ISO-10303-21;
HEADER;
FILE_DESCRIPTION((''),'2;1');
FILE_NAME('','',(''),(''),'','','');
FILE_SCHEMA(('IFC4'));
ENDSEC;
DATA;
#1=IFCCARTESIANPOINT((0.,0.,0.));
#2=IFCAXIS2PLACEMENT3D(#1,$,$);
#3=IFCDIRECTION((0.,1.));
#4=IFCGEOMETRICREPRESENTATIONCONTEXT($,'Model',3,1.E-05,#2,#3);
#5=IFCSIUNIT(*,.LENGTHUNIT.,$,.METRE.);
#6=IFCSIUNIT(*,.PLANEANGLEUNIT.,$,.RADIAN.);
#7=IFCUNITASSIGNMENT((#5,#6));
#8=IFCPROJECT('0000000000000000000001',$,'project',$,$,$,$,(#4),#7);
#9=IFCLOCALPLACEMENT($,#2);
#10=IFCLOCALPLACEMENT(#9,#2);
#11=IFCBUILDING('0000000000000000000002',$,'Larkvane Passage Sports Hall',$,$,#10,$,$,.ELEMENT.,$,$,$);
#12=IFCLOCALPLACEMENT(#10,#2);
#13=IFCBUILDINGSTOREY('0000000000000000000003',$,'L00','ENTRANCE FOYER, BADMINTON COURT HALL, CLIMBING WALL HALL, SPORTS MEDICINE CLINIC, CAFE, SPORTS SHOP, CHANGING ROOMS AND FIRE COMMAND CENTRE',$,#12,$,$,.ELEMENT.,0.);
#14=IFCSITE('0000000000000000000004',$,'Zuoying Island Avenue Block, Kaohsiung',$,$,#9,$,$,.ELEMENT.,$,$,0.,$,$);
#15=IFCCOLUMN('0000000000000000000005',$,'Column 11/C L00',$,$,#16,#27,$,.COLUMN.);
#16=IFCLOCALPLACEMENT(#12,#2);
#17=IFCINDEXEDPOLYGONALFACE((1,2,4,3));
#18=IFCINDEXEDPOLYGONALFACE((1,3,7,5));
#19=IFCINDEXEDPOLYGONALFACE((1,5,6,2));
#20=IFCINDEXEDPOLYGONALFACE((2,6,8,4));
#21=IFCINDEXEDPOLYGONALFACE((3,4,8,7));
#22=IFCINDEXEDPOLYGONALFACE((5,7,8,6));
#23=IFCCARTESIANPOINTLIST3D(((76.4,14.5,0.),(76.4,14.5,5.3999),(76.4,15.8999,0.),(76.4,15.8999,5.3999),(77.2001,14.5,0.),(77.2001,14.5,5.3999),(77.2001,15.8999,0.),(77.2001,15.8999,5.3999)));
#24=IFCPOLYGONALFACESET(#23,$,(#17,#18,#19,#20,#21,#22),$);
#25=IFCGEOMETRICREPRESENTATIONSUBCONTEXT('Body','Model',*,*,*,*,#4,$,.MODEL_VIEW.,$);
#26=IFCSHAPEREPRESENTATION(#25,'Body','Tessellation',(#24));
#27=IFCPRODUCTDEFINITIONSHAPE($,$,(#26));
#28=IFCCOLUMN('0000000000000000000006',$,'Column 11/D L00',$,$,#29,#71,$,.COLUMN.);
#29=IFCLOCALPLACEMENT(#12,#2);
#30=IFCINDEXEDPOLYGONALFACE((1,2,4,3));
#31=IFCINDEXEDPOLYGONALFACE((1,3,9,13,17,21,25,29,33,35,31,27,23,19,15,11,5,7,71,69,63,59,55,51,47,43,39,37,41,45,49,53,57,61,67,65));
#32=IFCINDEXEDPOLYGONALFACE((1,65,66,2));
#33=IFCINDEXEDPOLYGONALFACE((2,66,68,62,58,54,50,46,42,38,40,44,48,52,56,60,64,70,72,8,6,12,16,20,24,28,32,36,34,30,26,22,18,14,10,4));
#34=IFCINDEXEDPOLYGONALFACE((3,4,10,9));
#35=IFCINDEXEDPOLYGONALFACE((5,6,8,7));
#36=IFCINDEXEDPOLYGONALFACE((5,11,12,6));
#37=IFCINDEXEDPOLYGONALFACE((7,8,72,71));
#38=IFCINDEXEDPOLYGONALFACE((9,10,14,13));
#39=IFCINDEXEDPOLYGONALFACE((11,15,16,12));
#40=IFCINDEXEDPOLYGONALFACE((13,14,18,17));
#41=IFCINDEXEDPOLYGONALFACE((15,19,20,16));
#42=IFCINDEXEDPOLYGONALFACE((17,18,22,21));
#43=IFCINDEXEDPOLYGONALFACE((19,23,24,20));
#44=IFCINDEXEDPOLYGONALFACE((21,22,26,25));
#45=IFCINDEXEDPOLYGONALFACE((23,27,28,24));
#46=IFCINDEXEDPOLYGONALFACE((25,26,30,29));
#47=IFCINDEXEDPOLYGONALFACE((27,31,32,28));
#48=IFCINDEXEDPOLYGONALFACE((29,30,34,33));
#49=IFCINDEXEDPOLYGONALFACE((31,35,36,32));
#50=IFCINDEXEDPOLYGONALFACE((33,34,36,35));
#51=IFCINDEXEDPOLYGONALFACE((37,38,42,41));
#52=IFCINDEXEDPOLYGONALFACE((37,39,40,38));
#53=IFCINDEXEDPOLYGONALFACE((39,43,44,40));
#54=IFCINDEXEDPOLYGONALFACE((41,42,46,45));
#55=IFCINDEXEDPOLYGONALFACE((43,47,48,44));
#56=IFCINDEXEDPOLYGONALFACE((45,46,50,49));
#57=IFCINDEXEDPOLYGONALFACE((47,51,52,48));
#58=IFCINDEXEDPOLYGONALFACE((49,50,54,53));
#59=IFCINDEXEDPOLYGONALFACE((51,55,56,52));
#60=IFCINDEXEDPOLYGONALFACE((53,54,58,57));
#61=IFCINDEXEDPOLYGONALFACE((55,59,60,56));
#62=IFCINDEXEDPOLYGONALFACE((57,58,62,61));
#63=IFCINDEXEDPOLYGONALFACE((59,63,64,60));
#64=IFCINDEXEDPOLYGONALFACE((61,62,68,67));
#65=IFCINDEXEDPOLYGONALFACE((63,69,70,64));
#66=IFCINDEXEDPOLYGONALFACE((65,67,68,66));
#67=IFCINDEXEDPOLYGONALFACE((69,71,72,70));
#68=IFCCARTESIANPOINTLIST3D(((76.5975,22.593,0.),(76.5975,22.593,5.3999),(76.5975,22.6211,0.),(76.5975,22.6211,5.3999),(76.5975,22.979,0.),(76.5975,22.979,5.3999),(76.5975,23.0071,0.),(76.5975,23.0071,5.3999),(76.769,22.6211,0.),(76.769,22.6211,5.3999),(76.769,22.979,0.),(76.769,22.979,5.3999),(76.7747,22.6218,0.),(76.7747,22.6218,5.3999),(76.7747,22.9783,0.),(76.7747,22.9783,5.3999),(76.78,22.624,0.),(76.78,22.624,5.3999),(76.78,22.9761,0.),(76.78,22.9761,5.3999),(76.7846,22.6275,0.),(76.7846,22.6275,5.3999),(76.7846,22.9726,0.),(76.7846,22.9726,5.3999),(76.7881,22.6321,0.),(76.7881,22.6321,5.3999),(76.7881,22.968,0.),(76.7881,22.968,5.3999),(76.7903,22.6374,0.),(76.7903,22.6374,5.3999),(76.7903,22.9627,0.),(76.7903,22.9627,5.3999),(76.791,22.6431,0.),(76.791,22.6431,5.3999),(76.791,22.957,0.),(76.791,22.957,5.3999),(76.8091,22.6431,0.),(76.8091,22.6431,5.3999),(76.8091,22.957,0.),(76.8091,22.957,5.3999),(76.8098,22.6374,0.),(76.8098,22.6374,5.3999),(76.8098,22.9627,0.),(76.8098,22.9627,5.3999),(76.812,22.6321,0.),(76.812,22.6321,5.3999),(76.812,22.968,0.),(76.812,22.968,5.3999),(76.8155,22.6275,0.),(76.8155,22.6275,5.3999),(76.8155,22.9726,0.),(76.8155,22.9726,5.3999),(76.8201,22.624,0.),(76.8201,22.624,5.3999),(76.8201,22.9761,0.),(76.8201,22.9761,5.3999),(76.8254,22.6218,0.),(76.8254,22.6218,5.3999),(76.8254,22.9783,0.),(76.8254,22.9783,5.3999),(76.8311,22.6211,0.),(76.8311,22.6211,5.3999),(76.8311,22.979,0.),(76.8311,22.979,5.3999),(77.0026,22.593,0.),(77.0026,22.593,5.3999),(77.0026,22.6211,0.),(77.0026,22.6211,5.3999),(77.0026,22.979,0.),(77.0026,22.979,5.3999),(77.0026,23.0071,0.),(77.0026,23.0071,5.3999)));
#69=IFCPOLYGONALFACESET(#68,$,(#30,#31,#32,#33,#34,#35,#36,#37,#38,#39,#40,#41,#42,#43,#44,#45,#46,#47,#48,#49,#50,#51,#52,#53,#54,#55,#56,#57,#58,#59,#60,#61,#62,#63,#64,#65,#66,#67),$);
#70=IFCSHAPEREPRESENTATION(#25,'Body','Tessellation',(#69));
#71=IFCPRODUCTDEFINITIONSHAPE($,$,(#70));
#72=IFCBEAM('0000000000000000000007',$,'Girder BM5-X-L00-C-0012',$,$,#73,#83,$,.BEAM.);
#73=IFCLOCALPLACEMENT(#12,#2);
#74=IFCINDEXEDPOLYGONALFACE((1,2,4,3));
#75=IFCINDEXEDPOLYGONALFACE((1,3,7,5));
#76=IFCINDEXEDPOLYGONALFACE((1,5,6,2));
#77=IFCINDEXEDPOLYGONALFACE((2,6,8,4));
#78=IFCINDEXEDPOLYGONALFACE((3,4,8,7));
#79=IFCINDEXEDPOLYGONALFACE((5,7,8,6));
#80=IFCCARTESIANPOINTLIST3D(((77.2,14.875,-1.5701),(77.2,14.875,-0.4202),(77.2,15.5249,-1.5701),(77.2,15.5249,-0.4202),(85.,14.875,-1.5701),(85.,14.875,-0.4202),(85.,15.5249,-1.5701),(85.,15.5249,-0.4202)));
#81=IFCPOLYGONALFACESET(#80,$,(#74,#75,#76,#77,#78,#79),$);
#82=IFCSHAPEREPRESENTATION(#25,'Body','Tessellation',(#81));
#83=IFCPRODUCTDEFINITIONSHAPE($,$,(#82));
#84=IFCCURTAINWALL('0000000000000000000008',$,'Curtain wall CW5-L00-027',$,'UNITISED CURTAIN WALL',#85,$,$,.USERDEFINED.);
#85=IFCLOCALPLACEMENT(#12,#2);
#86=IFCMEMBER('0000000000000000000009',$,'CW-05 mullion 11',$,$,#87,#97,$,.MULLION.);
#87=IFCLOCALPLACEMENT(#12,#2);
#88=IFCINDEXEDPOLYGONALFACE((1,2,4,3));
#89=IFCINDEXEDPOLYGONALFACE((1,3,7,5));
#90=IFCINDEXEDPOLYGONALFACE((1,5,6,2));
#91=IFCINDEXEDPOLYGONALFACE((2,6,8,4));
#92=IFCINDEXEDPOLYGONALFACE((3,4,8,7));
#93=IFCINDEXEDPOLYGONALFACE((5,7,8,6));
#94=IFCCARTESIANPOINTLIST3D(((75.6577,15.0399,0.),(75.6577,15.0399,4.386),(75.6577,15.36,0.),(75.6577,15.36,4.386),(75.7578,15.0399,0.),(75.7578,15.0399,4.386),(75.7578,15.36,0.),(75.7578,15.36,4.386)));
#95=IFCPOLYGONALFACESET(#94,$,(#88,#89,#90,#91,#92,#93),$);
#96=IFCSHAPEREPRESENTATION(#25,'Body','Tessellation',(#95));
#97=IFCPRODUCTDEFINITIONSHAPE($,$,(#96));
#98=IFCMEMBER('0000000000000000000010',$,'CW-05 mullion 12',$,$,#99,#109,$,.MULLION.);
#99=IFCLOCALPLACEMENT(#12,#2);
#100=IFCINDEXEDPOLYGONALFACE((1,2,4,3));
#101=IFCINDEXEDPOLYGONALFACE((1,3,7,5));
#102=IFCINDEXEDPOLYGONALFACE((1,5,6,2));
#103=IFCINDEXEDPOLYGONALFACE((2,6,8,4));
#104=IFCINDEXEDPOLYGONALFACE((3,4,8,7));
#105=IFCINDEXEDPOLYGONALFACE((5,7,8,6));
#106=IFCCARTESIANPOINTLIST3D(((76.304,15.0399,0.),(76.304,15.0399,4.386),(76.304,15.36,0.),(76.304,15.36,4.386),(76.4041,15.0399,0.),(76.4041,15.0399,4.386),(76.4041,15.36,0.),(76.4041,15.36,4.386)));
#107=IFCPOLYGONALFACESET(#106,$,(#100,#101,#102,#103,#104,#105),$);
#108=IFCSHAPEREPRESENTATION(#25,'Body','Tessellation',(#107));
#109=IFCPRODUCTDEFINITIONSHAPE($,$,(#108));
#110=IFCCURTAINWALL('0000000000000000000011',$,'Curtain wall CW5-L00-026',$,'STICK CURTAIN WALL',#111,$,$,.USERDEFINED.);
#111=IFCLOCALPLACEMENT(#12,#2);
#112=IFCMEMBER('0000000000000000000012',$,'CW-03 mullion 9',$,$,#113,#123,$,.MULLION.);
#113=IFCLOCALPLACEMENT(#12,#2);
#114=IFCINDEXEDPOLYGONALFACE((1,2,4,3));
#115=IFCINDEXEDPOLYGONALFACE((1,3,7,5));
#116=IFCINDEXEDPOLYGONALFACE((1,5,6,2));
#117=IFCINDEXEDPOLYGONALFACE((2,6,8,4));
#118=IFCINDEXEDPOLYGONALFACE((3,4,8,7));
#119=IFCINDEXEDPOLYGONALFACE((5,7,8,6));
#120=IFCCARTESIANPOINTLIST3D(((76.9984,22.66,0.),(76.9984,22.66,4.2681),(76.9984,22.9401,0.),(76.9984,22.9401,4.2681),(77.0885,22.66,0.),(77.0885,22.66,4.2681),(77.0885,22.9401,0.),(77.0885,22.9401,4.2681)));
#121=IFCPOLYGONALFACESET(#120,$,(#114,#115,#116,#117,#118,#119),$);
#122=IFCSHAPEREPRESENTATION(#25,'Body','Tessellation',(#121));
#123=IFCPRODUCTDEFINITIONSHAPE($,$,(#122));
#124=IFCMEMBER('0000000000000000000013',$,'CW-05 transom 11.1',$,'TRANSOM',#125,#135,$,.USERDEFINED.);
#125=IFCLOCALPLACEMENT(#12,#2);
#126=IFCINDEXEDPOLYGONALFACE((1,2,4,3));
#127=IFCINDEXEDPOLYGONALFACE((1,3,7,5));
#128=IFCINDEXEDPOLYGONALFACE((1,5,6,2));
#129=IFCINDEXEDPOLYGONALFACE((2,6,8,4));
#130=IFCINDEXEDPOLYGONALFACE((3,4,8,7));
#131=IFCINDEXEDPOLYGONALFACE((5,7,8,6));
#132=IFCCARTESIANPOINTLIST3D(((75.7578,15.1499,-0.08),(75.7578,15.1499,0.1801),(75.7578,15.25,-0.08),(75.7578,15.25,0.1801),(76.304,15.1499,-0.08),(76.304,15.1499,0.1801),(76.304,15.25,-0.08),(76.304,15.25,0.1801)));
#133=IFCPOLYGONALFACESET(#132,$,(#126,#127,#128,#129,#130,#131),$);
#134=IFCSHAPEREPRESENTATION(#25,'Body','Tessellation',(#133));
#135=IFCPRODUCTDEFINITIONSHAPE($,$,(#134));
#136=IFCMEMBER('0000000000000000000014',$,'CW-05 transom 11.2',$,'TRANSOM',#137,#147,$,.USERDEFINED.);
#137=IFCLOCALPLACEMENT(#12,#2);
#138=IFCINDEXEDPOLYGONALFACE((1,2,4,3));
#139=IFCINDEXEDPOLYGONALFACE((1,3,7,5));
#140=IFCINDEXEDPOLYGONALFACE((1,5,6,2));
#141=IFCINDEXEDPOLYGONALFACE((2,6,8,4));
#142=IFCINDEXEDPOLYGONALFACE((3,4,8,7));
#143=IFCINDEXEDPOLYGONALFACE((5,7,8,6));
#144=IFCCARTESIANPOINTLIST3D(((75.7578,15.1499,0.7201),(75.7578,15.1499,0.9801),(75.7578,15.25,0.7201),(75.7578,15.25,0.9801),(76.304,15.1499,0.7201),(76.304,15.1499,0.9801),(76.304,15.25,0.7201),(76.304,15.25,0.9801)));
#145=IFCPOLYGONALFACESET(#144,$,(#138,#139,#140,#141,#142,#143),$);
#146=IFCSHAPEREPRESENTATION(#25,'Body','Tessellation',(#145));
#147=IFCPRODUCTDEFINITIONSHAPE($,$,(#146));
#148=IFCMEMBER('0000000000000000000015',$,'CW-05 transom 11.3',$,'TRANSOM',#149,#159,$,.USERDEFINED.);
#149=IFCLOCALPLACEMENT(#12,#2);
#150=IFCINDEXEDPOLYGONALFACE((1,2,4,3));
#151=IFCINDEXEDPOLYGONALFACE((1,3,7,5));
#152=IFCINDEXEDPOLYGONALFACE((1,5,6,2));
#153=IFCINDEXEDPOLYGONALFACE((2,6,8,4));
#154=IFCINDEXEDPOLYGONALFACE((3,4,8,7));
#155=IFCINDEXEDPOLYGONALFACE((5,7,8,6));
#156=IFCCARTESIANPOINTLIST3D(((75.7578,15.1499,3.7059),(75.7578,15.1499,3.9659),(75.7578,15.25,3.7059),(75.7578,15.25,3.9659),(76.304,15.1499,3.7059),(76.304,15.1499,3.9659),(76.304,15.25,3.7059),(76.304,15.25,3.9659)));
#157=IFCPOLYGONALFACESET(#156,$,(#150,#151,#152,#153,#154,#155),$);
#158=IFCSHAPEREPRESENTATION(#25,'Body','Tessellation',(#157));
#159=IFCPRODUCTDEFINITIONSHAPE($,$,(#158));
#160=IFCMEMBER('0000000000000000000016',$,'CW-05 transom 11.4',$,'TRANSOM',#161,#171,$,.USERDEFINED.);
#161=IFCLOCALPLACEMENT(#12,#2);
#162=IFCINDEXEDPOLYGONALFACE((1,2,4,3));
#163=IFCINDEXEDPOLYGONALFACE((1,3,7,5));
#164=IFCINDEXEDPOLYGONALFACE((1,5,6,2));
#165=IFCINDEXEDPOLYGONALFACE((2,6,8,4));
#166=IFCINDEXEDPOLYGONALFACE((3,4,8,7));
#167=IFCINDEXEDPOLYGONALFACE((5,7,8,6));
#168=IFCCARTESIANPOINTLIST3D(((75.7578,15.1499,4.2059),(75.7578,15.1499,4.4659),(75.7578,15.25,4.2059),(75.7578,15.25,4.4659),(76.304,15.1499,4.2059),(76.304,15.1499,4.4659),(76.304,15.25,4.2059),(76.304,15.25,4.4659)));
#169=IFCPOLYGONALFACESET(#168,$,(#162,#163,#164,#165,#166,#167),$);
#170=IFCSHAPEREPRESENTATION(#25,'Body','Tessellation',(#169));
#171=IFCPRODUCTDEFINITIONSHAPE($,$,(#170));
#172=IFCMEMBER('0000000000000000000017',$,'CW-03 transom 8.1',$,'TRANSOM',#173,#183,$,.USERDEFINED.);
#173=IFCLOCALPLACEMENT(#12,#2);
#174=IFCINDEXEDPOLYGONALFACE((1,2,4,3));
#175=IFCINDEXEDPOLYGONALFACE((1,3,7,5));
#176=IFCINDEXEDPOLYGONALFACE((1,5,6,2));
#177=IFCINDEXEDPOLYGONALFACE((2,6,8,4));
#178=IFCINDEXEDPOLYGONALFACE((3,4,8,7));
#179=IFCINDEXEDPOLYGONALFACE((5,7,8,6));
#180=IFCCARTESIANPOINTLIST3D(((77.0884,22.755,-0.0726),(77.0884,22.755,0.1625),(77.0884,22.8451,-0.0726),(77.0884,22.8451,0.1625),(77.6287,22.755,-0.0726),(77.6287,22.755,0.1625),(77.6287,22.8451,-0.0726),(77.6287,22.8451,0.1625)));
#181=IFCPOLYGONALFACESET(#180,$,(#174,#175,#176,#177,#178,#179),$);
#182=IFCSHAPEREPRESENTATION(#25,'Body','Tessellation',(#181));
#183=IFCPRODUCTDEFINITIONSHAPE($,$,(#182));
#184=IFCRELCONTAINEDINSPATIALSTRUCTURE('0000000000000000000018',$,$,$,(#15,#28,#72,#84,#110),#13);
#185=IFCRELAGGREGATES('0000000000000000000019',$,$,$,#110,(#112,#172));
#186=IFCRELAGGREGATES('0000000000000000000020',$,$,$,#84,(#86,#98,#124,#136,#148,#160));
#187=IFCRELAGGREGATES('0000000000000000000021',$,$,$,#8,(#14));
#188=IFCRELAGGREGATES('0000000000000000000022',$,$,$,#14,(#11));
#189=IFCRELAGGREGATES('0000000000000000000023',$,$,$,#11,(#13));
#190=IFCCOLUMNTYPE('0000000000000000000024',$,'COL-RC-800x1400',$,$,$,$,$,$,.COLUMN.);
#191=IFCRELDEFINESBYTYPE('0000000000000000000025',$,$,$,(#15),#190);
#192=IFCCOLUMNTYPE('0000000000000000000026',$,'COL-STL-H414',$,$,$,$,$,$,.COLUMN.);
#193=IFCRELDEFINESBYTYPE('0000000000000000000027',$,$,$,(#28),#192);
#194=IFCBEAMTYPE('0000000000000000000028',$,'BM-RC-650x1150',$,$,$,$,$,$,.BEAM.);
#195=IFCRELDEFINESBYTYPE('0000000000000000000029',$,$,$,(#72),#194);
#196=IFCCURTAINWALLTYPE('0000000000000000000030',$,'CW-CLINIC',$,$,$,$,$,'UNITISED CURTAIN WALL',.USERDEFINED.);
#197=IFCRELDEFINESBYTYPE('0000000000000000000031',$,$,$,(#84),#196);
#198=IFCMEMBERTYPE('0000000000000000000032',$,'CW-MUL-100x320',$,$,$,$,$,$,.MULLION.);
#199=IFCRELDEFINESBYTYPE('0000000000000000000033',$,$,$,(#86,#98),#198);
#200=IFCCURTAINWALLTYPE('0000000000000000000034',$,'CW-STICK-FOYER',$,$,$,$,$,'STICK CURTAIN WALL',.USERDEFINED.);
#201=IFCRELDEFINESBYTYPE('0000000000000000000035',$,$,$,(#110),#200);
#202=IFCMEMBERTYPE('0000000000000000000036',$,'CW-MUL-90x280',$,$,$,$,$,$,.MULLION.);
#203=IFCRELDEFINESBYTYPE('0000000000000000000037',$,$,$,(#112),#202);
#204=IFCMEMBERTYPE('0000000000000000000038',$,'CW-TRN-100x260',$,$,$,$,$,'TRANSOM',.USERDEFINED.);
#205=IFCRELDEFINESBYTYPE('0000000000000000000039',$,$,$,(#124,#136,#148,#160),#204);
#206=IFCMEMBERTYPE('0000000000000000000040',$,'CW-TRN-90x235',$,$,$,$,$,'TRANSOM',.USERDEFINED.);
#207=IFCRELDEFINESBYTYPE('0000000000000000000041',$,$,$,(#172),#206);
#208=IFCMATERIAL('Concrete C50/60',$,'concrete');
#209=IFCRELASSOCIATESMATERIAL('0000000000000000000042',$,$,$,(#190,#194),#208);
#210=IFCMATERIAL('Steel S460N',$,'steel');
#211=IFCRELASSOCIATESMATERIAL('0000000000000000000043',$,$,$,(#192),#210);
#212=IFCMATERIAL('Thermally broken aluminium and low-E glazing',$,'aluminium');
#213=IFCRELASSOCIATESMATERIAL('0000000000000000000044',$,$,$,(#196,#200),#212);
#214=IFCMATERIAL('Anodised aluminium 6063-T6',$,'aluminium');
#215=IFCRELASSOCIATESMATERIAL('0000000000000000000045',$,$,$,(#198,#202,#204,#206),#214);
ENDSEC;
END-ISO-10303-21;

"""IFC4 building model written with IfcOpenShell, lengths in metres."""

from ifc_helpers import new_model, si_unit, direction, frame, origin, origin_2d, place, context, subcontext, project, spatial, rectangle, i_section, extrude, material, material_profile, profile_set, type_object, element, aggregate, save


model = new_model("IFC4")

# Units and contexts
model_context = context("Model", 3, precision=1e-05, world=origin(), true_north=direction((0.0, 1.0)))
body_context = subcontext(model_context, "Body", "Model", "MODEL_VIEW")
ifc_project = project(units=[si_unit("LENGTHUNIT", "METRE"), si_unit("PLANEANGLEUNIT", "RADIAN")], contexts=[model_context])

# Site, building, storey
site_placement = place(None, origin())
site = spatial("IfcSite", under=ifc_project, at=site_placement, Name="Zuoying Island Avenue Block, Kaohsiung", CompositionType="ELEMENT", RefElevation=0.0)
building_placement = place(site_placement, origin())
building = spatial("IfcBuilding", under=site, at=building_placement, Name="Larkvane Passage Sports Hall", CompositionType="ELEMENT")
storey_placement = place(building_placement, origin())
storey = spatial("IfcBuildingStorey", under=building, at=storey_placement, Name="L00", Description="ENTRANCE FOYER, BADMINTON COURT HALL, CLIMBING WALL HALL, SPORTS MEDICINE CLINIC, CAFE, SPORTS SHOP, CHANGING ROOMS AND FIRE COMMAND CENTRE", CompositionType="ELEMENT", Elevation=0.0)

# Columns
ifc_material_1 = material(Name="Concrete C50/60", Category="concrete")
ifc_material_profile_1 = material_profile(ifc_material_1, rectangle(XDim=0.8, YDim=1.3999, at=origin_2d()), Name="RC-COL-800x1400")
ifc_profile_set_1 = profile_set([ifc_material_profile_1], Name="Concrete C50/60")
column_type_1 = type_object("IfcColumnType", Name="COL-RC-800x1400", PredefinedType="COLUMN", material=ifc_profile_set_1)
column_1_placement = place(storey_placement, frame((76.8, 15.2, 0.0), z_axis=(0.0, 0.0, 1.0), x_axis=(1.0, 0.0, 0.0)))
element("IfcColumn", 1, at=column_1_placement, inside=storey, type_object=column_type_1, Name="Column 11/C L00", PredefinedType="COLUMN", context=body_context, shape_type="SweptSolid", body=[
    extrude(rectangle(XDim=0.8, YDim=1.3999, at=origin_2d()), origin(), (0.0, 0.0, 1.0), 5.3999),
])
ifc_material_2 = material(Name="Steel S460N", Category="steel")
ifc_material_profile_2 = material_profile(ifc_material_2, i_section(OverallWidth=0.405, OverallDepth=0.4141, WebThickness=0.0181, FlangeThickness=0.0281, FilletRadius=0.022, at=origin_2d()), Name="H-414x405x18x28")
ifc_profile_set_2 = profile_set([ifc_material_profile_2], Name="Steel S460N")
column_type_2 = type_object("IfcColumnType", Name="COL-STL-H414", PredefinedType="COLUMN", material=ifc_profile_set_2)
column_2_placement = place(storey_placement, frame((76.8, 22.8, 0.0), z_axis=(0.0, 0.0, 1.0), x_axis=(1.0, 0.0, 0.0)))
element("IfcColumn", 2, at=column_2_placement, inside=storey, type_object=column_type_2, Name="Column 11/D L00", PredefinedType="COLUMN", context=body_context, shape_type="SweptSolid", body=[
    extrude(i_section(OverallWidth=0.405, OverallDepth=0.4141, WebThickness=0.0181, FlangeThickness=0.0281, FilletRadius=0.022, at=origin_2d()), origin(), (0.0, 0.0, 1.0), 5.3999),
])

# Beam
ifc_material_profile_3 = material_profile(ifc_material_1, rectangle(XDim=0.6499, YDim=1.1499, at=origin_2d()), Name="RC-BM-650x1150")
ifc_profile_set_3 = profile_set([ifc_material_profile_3], Name="Concrete C50/60")
beam_type_1 = type_object("IfcBeamType", Name="BM-RC-650x1150", PredefinedType="BEAM", material=ifc_profile_set_3)
beam_1_placement = place(storey_placement, frame((77.2, 15.2, -0.9951), z_axis=(1.0, 0.0, 0.0), x_axis=(0.0, 1.0, 0.0)))
element("IfcBeam", 3, at=beam_1_placement, inside=storey, type_object=beam_type_1, Name="Girder BM5-X-L00-C-0012", PredefinedType="BEAM", context=body_context, shape_type="SweptSolid", body=[
    extrude(rectangle(XDim=0.6499, YDim=1.1499, at=origin_2d()), origin(), (0.0, 0.0, 1.0), 7.8),
])

# Curtain wall, members
ifc_material_3 = material(Name="Thermally broken aluminium and low-E glazing", Category="aluminium")
curtain_wall_type_1 = type_object("IfcCurtainWallType", Name="CW-CLINIC", ElementType="UNITISED CURTAIN WALL", PredefinedType="USERDEFINED", material=ifc_material_3)
curtain_wall_1_placement = place(storey_placement, origin())
curtain_wall_1 = element("IfcCurtainWall", 4, at=curtain_wall_1_placement, inside=storey, type_object=curtain_wall_type_1, Name="Curtain wall CW5-L00-027", ObjectType="UNITISED CURTAIN WALL", PredefinedType="USERDEFINED")
ifc_material_4 = material(Name="Anodised aluminium 6063-T6", Category="aluminium")
ifc_material_profile_4 = material_profile(ifc_material_4, rectangle(XDim=0.1001, YDim=0.3201, at=origin_2d()), Name="ALU-MUL-100x320")
ifc_profile_set_4 = profile_set([ifc_material_profile_4], Name="Anodised aluminium 6063-T6")
member_type_1 = type_object("IfcMemberType", Name="CW-MUL-100x320", PredefinedType="MULLION", material=ifc_profile_set_4)
member_1_placement = place(storey_placement, frame((75.7078, 15.2, 0.0), z_axis=(0.0, 0.0, 1.0), x_axis=(1.0, 0.0, 0.0)))
member_1 = element("IfcMember", 5, at=member_1_placement, type_object=member_type_1, Name="CW-05 mullion 11", PredefinedType="MULLION", context=body_context, shape_type="SweptSolid", body=[
    extrude(rectangle(XDim=0.1001, YDim=0.3201, at=origin_2d()), origin(), (0.0, 0.0, 1.0), 4.386),
])
member_2_placement = place(storey_placement, frame((76.354, 15.2, 0.0), z_axis=(0.0, 0.0, 1.0), x_axis=(1.0, 0.0, 0.0)))
member_2 = element("IfcMember", 6, at=member_2_placement, type_object=member_type_1, Name="CW-05 mullion 12", PredefinedType="MULLION", context=body_context, shape_type="SweptSolid", body=[
    extrude(rectangle(XDim=0.1001, YDim=0.3201, at=origin_2d()), origin(), (0.0, 0.0, 1.0), 4.386),
])

# Curtain wall, member
curtain_wall_type_2 = type_object("IfcCurtainWallType", Name="CW-STICK-FOYER", ElementType="STICK CURTAIN WALL", PredefinedType="USERDEFINED", material=ifc_material_3)
curtain_wall_2_placement = place(storey_placement, origin())
curtain_wall_2 = element("IfcCurtainWall", 7, at=curtain_wall_2_placement, inside=storey, type_object=curtain_wall_type_2, Name="Curtain wall CW5-L00-026", ObjectType="STICK CURTAIN WALL", PredefinedType="USERDEFINED")
ifc_material_profile_5 = material_profile(ifc_material_4, rectangle(XDim=0.0901, YDim=0.28, at=origin_2d()), Name="ALU-MUL-90x280")
ifc_profile_set_5 = profile_set([ifc_material_profile_5], Name="Anodised aluminium 6063-T6")
member_type_2 = type_object("IfcMemberType", Name="CW-MUL-90x280", PredefinedType="MULLION", material=ifc_profile_set_5)
member_3_placement = place(storey_placement, frame((77.0435, 22.8, 0.0), z_axis=(0.0, 0.0, 1.0), x_axis=(-1.0, 0.0, 0.0)))
member_3 = element("IfcMember", 8, at=member_3_placement, type_object=member_type_2, Name="CW-03 mullion 9", PredefinedType="MULLION", context=body_context, shape_type="SweptSolid", body=[
    extrude(rectangle(XDim=0.0901, YDim=0.28, at=origin_2d()), origin(), (0.0, 0.0, 1.0), 4.2681),
])

# Members
ifc_material_profile_6 = material_profile(ifc_material_4, rectangle(XDim=0.1001, YDim=0.26, at=origin_2d()), Name="ALU-TRN-100x260")
ifc_profile_set_6 = profile_set([ifc_material_profile_6], Name="Anodised aluminium 6063-T6")
member_type_3 = type_object("IfcMemberType", Name="CW-TRN-100x260", ElementType="TRANSOM", PredefinedType="USERDEFINED", material=ifc_profile_set_6)
member_4_placement = place(storey_placement, frame((75.7578, 15.2, 0.05), z_axis=(1.0, 0.0, 0.0), x_axis=(0.0, 1.0, 0.0)))
member_4 = element("IfcMember", 9, at=member_4_placement, type_object=member_type_3, Name="CW-05 transom 11.1", ObjectType="TRANSOM", PredefinedType="USERDEFINED", context=body_context, shape_type="SweptSolid", body=[
    extrude(rectangle(XDim=0.1001, YDim=0.26, at=origin_2d()), origin(), (0.0, 0.0, 1.0), 0.5461),
])
member_5_placement = place(storey_placement, frame((75.7578, 15.2, 0.8501), z_axis=(1.0, 0.0, 0.0), x_axis=(0.0, 1.0, 0.0)))
member_5 = element("IfcMember", 10, at=member_5_placement, type_object=member_type_3, Name="CW-05 transom 11.2", ObjectType="TRANSOM", PredefinedType="USERDEFINED", context=body_context, shape_type="SweptSolid", body=[
    extrude(rectangle(XDim=0.1001, YDim=0.26, at=origin_2d()), origin(), (0.0, 0.0, 1.0), 0.5461),
])
member_6_placement = place(storey_placement, frame((75.7578, 15.2, 3.8359), z_axis=(1.0, 0.0, 0.0), x_axis=(0.0, 1.0, 0.0)))
member_6 = element("IfcMember", 11, at=member_6_placement, type_object=member_type_3, Name="CW-05 transom 11.3", ObjectType="TRANSOM", PredefinedType="USERDEFINED", context=body_context, shape_type="SweptSolid", body=[
    extrude(rectangle(XDim=0.1001, YDim=0.26, at=origin_2d()), origin(), (0.0, 0.0, 1.0), 0.5461),
])
member_7_placement = place(storey_placement, frame((75.7578, 15.2, 4.3359), z_axis=(1.0, 0.0, 0.0), x_axis=(0.0, 1.0, 0.0)))
member_7 = element("IfcMember", 12, at=member_7_placement, type_object=member_type_3, Name="CW-05 transom 11.4", ObjectType="TRANSOM", PredefinedType="USERDEFINED", context=body_context, shape_type="SweptSolid", body=[
    extrude(rectangle(XDim=0.1001, YDim=0.26, at=origin_2d()), origin(), (0.0, 0.0, 1.0), 0.5461),
])
ifc_material_profile_7 = material_profile(ifc_material_4, rectangle(XDim=0.0901, YDim=0.2351, at=origin_2d()), Name="ALU-TRN-90x235")
ifc_profile_set_7 = profile_set([ifc_material_profile_7], Name="Anodised aluminium 6063-T6")
member_type_4 = type_object("IfcMemberType", Name="CW-TRN-90x235", ElementType="TRANSOM", PredefinedType="USERDEFINED", material=ifc_profile_set_7)
member_8_placement = place(storey_placement, frame((77.6287, 22.8, 0.0449), z_axis=(-1.0, 0.0, 0.0), x_axis=(0.0, -1.0, 0.0)))
member_8 = element("IfcMember", 13, at=member_8_placement, type_object=member_type_4, Name="CW-03 transom 8.1", ObjectType="TRANSOM", PredefinedType="USERDEFINED", context=body_context, shape_type="SweptSolid", body=[
    extrude(rectangle(XDim=0.0901, YDim=0.2351, at=origin_2d()), origin(), (0.0, 0.0, 1.0), 0.5403),
])

aggregate(curtain_wall_2, [member_3, member_8])
aggregate(curtain_wall_1, [member_1, member_2, member_4, member_5, member_6, member_7])

save(model, "model.ifc")
